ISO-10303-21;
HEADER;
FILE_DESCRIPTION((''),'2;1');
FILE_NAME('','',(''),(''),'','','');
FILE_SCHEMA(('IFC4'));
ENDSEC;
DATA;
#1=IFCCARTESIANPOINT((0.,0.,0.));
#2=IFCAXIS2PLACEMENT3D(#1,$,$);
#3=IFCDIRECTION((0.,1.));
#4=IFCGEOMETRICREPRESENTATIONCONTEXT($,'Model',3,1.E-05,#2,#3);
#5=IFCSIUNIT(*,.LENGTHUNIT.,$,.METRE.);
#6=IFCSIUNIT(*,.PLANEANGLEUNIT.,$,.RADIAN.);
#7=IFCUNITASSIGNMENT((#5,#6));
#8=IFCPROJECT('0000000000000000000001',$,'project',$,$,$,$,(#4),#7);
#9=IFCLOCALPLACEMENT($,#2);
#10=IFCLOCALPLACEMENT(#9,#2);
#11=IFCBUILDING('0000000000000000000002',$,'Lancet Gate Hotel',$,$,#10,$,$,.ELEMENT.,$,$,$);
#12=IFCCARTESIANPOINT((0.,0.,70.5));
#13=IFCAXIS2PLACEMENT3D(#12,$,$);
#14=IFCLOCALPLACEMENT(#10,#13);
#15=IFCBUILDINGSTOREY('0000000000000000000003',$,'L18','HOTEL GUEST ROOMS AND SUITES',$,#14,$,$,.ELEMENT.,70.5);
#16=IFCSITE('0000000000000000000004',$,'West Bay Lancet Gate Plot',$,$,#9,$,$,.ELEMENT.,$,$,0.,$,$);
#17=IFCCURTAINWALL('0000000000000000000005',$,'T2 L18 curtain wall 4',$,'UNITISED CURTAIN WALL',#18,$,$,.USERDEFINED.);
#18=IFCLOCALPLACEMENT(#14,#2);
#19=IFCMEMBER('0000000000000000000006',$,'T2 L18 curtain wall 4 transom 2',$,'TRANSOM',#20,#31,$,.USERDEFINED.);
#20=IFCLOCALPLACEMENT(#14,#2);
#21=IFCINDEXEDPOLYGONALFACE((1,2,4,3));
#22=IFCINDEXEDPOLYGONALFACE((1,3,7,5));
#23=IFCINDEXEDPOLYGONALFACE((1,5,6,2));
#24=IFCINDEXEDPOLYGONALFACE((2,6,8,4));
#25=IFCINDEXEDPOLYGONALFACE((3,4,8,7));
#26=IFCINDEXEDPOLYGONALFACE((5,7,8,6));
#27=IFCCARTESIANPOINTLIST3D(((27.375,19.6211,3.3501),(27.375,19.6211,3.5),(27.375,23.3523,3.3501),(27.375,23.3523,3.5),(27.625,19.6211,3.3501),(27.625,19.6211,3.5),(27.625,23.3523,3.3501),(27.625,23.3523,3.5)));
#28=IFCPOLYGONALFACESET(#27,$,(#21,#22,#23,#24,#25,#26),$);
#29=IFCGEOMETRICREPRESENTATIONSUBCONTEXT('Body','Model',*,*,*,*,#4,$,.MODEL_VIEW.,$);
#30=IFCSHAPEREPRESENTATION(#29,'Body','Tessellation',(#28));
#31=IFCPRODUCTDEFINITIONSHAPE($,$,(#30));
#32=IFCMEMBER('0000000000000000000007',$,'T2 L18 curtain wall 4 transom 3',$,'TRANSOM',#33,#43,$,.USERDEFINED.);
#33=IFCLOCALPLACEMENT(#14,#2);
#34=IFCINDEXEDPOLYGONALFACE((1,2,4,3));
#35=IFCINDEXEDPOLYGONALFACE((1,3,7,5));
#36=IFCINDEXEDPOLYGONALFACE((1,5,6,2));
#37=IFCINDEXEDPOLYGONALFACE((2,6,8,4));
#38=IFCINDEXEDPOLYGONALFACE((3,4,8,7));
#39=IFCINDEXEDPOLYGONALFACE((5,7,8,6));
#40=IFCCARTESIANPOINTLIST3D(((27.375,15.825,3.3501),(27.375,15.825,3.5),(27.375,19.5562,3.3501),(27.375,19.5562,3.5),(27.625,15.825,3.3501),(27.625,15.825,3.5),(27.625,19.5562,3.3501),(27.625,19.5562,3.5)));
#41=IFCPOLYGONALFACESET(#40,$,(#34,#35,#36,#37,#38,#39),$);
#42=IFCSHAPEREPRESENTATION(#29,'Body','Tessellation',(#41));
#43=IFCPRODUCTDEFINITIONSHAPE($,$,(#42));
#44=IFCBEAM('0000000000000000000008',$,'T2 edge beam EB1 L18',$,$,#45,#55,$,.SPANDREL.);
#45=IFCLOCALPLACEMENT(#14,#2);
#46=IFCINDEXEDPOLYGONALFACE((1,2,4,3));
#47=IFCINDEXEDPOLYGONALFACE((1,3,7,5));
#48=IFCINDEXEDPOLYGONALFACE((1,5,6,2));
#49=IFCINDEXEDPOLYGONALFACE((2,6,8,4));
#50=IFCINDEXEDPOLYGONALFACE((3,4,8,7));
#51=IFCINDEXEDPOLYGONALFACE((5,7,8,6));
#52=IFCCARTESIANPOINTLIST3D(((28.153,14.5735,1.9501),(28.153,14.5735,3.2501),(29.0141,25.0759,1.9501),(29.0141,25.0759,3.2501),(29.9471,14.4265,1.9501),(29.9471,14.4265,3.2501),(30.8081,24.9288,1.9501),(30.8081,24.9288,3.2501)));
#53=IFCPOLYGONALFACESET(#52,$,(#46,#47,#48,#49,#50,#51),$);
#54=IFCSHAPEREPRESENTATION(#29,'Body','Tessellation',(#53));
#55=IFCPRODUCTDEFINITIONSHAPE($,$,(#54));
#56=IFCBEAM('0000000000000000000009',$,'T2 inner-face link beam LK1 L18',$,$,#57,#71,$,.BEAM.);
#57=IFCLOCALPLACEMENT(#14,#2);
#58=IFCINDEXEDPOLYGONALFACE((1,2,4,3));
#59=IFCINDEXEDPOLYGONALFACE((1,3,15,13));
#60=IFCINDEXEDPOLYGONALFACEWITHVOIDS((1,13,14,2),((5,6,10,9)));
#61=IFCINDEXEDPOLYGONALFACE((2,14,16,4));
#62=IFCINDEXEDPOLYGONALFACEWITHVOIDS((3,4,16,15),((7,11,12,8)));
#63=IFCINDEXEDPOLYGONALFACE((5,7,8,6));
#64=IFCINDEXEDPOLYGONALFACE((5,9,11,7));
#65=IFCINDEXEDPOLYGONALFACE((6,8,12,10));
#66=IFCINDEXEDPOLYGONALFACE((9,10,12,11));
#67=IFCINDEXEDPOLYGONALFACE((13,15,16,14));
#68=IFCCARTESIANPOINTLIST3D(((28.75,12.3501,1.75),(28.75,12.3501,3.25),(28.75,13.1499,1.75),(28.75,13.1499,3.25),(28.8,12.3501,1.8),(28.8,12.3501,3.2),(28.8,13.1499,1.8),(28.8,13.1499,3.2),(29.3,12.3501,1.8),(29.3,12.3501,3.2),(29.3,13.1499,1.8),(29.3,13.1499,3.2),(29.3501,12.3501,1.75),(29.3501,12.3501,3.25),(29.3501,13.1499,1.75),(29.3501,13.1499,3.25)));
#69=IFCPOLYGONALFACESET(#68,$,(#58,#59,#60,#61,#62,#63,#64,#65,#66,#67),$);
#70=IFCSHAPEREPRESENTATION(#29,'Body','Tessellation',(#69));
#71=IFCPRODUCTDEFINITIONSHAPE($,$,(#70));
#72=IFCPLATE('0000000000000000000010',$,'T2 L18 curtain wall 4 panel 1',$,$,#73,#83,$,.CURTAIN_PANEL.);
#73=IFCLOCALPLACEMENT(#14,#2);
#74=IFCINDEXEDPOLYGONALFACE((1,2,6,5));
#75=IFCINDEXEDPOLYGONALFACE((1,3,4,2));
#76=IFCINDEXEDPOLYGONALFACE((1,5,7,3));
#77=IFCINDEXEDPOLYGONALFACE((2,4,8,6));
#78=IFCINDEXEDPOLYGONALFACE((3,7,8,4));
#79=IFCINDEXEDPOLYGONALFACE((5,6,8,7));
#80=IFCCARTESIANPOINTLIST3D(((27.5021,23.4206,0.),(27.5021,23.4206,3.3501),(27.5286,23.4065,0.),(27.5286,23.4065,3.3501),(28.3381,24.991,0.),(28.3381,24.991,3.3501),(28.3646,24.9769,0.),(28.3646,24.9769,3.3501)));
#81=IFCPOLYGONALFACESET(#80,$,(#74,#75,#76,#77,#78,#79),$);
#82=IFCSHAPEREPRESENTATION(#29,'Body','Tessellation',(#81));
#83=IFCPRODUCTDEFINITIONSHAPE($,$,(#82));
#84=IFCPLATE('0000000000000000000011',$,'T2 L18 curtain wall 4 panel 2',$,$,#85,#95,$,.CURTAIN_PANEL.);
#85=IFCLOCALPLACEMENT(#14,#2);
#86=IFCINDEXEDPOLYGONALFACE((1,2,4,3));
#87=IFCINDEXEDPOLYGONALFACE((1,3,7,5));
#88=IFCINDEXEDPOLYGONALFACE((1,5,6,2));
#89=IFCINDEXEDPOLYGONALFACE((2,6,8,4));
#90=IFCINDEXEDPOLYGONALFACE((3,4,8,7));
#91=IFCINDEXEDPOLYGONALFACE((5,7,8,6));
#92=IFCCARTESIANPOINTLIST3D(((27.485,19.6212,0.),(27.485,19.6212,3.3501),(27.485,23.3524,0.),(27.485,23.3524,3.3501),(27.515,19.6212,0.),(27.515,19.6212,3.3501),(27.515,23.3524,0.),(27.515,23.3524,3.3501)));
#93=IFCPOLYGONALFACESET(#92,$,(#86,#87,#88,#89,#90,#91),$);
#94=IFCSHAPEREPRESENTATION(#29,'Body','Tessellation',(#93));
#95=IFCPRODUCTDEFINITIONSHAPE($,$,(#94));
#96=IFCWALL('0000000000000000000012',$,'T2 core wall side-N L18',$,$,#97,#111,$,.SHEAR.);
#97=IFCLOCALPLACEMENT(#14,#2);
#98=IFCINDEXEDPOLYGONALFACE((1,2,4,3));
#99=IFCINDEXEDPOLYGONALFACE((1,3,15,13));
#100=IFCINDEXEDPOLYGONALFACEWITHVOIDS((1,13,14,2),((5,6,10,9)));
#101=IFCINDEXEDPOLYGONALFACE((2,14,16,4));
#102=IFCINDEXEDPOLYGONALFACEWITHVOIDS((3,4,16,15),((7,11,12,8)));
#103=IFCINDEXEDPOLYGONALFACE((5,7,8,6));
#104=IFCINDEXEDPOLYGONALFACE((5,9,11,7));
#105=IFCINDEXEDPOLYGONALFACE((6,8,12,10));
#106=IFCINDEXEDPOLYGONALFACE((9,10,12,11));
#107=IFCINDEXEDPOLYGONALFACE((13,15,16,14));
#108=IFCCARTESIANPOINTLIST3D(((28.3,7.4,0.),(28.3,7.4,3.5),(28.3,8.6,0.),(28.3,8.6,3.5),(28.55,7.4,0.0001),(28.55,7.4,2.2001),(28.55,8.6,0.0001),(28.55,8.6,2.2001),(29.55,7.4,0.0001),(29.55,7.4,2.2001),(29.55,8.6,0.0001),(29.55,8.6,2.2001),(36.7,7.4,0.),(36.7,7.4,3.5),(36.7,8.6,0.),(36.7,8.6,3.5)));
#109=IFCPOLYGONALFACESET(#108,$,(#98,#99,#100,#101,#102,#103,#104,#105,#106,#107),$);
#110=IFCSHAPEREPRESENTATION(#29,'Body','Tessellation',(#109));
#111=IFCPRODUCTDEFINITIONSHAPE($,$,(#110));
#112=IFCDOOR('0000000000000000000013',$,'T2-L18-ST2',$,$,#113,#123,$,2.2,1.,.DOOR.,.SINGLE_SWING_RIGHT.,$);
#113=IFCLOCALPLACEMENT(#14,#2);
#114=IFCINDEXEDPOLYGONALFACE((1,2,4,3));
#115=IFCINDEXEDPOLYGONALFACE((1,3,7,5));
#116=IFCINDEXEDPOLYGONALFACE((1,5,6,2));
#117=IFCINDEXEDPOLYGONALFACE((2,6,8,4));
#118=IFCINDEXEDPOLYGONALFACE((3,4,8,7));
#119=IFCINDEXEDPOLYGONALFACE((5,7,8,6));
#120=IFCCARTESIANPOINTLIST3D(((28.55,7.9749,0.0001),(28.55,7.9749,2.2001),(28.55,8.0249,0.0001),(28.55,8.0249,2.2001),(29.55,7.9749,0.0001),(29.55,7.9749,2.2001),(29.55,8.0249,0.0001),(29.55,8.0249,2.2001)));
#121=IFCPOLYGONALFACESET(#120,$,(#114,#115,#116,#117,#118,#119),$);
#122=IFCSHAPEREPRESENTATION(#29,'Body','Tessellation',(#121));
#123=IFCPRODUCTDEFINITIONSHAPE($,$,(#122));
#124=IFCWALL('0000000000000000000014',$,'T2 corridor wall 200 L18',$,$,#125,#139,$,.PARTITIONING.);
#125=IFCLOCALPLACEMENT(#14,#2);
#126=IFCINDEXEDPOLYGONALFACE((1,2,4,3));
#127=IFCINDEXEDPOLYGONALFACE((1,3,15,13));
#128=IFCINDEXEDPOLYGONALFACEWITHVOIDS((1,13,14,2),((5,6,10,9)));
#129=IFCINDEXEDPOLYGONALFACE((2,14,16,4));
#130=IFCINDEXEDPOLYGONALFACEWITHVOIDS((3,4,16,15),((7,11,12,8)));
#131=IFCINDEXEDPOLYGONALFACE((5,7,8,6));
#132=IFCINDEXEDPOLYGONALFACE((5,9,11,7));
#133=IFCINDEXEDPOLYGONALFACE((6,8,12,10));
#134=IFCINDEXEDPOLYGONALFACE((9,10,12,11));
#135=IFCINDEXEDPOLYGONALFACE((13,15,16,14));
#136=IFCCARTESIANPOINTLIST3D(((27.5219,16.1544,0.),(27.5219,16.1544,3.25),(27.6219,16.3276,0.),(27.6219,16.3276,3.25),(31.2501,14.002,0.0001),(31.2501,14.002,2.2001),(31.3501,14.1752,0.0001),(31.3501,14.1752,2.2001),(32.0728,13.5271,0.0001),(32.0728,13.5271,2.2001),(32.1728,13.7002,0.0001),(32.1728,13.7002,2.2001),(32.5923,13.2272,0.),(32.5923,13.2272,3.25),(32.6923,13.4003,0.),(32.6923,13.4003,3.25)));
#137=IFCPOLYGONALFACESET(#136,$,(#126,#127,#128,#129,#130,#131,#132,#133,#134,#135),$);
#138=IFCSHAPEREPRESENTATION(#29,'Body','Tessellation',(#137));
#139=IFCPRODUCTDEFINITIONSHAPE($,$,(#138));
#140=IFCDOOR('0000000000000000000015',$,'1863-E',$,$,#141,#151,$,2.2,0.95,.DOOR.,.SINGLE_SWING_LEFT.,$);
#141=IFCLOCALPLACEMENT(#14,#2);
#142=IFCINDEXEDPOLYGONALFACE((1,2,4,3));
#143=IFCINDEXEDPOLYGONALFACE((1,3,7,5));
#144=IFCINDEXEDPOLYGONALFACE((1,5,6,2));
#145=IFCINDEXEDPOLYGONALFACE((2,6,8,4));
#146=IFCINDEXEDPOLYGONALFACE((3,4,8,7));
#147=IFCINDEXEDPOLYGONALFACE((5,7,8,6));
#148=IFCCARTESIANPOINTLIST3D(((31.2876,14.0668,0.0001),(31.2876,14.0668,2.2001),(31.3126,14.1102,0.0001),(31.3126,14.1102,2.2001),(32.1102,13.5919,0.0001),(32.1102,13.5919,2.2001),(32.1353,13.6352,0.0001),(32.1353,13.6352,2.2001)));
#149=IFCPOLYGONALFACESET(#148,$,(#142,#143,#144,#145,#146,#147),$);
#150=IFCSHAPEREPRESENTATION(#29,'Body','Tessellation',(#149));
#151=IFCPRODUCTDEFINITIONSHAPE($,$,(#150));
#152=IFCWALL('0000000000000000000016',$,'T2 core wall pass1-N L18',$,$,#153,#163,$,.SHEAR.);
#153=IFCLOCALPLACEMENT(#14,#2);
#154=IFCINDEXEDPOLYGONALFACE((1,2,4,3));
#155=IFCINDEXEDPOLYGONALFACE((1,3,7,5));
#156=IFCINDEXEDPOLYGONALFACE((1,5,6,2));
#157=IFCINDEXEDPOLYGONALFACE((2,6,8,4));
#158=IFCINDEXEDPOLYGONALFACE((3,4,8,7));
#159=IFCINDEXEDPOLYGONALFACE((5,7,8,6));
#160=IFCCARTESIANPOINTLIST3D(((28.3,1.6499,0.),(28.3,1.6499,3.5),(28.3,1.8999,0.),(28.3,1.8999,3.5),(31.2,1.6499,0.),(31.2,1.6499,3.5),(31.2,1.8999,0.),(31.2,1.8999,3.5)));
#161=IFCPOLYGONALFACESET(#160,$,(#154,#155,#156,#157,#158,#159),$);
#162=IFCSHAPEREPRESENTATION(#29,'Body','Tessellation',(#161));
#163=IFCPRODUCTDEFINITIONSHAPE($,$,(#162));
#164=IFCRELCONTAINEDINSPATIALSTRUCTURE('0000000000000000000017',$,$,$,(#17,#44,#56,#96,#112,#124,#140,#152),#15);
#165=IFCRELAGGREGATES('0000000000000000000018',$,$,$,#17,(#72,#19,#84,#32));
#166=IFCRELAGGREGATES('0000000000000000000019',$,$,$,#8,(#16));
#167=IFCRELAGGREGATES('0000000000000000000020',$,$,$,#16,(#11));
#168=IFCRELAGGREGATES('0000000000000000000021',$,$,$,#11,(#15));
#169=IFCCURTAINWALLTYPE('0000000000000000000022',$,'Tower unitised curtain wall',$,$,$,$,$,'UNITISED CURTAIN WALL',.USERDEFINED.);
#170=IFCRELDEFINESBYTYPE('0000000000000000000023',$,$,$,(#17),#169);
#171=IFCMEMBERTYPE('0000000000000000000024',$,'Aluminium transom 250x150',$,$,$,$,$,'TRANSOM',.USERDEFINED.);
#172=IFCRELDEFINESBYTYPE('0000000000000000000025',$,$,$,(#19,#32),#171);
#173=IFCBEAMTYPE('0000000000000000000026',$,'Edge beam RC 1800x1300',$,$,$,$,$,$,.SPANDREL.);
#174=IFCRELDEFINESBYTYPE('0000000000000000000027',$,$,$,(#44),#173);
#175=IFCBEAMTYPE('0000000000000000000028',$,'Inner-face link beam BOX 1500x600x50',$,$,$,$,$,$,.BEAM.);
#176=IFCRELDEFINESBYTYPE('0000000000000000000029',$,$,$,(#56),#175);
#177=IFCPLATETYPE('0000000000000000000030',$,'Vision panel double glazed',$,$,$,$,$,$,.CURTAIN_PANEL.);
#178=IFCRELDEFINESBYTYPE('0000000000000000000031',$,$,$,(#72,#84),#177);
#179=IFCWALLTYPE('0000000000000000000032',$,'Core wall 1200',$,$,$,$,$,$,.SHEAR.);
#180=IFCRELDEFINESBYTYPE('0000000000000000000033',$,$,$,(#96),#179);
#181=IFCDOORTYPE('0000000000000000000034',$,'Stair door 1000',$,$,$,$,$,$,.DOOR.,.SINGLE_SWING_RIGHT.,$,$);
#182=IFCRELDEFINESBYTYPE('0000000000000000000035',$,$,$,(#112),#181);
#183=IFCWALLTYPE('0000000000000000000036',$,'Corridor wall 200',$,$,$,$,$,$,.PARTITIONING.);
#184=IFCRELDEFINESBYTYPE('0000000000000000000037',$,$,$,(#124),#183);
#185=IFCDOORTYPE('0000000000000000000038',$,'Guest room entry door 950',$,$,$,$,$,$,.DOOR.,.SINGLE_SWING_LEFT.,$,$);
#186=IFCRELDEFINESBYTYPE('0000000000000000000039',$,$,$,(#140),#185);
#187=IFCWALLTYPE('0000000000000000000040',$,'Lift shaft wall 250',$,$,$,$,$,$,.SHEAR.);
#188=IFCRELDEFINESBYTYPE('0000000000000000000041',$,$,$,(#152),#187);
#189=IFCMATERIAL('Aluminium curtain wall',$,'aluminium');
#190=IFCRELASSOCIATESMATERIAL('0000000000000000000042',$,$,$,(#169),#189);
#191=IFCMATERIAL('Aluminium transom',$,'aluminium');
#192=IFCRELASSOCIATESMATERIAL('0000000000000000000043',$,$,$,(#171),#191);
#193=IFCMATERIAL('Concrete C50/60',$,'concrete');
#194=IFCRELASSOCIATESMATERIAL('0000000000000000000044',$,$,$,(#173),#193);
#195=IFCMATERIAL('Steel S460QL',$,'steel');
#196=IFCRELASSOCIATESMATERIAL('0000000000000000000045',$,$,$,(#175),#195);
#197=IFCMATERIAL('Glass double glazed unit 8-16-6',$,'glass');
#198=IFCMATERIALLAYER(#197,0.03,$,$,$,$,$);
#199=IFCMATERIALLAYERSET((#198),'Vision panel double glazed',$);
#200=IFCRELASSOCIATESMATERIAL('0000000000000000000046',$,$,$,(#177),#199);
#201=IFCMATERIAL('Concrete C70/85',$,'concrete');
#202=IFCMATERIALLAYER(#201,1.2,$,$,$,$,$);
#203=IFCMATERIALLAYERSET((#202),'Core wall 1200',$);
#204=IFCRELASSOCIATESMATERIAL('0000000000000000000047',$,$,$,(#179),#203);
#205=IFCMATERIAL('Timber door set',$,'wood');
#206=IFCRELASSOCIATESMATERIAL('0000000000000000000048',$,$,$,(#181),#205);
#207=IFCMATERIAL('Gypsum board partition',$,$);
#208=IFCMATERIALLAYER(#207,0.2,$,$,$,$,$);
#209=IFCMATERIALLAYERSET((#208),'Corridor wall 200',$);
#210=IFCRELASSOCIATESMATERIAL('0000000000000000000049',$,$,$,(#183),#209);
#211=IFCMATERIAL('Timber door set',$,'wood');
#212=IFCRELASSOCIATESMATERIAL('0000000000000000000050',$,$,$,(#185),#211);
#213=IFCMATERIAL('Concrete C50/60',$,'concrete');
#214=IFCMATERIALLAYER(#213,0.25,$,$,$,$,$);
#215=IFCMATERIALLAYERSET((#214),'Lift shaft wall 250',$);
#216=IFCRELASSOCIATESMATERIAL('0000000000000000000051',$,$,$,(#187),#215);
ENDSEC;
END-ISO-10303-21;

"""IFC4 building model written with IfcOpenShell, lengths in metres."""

from ifc_helpers import new_model, si_unit, direction, frame, frame_2d, origin, origin_2d, place, context, subcontext, project, spatial, rectangle, hollow_rectangle, extrude, material, layer, layer_set, material_profile, profile_set, type_object, element, fill, aggregate, save


model = new_model("IFC4")

# Units and contexts
model_context = context("Model", 3, precision=1e-05, world=origin(), true_north=direction((0.0, 1.0)))
body_context = subcontext(model_context, "Body", "Model", "MODEL_VIEW")
ifc_project = project(units=[si_unit("LENGTHUNIT", "METRE"), si_unit("PLANEANGLEUNIT", "RADIAN")], contexts=[model_context])

# Site, building, storey
site_placement = place(None, origin())
site = spatial("IfcSite", under=ifc_project, at=site_placement, Name="West Bay Lancet Gate Plot", CompositionType="ELEMENT", RefElevation=0.0)
building_placement = place(site_placement, origin())
building = spatial("IfcBuilding", under=site, at=building_placement, Name="Lancet Gate Hotel", CompositionType="ELEMENT")
storey_placement = place(building_placement, frame((0.0, 0.0, 70.5)))
storey = spatial("IfcBuildingStorey", under=building, at=storey_placement, Name="L18", Description="HOTEL GUEST ROOMS AND SUITES", CompositionType="ELEMENT", Elevation=70.5)

# Curtain wall, members
ifc_material_1 = material(Name="Aluminium curtain wall", Category="aluminium")
curtain_wall_type = type_object("IfcCurtainWallType", Name="Tower unitised curtain wall", ElementType="UNITISED CURTAIN WALL", PredefinedType="USERDEFINED", material=ifc_material_1)
curtain_wall_placement = place(storey_placement, origin())
curtain_wall = element("IfcCurtainWall", 1, at=curtain_wall_placement, inside=storey, type_object=curtain_wall_type, Name="T2 L18 curtain wall 4", ObjectType="UNITISED CURTAIN WALL", PredefinedType="USERDEFINED")
ifc_material_2 = material(Name="Aluminium transom", Category="aluminium")
ifc_material_profile_1 = material_profile(ifc_material_2, rectangle(XDim=0.25, YDim=0.1499, at=origin_2d()), Name="TRANSOM 250x150")
ifc_profile_set_1 = profile_set([ifc_material_profile_1], Name="Aluminium transom")
member_type_1 = type_object("IfcMemberType", Name="Aluminium transom 250x150", ElementType="TRANSOM", PredefinedType="USERDEFINED", material=ifc_profile_set_1)
member_1_placement = place(storey_placement, frame((27.5, 23.3523, 3.425), z_axis=(0.0, -1.0, 0.0), x_axis=(1.0, 0.0, 0.0)))
member_1 = element("IfcMember", 2, at=member_1_placement, type_object=member_type_1, Name="T2 L18 curtain wall 4 transom 2", ObjectType="TRANSOM", PredefinedType="USERDEFINED", context=body_context, shape_type="SweptSolid", body=[
    extrude(rectangle(XDim=0.25, YDim=0.1499, at=origin_2d()), origin(), (0.0, 0.0, 1.0), 3.7312),
])
member_2_placement = place(storey_placement, frame((27.5, 19.5562, 3.425), z_axis=(0.0, -1.0, 0.0), x_axis=(1.0, 0.0, 0.0)))
member_2 = element("IfcMember", 3, at=member_2_placement, type_object=member_type_1, Name="T2 L18 curtain wall 4 transom 3", ObjectType="TRANSOM", PredefinedType="USERDEFINED", context=body_context, shape_type="SweptSolid", body=[
    extrude(rectangle(XDim=0.25, YDim=0.1499, at=origin_2d()), origin(), (0.0, 0.0, 1.0), 3.7312),
])

# Beams
ifc_material_3 = material(Name="Concrete C50/60", Category="concrete")
ifc_material_profile_2 = material_profile(ifc_material_3, rectangle(XDim=1.8, YDim=1.3, at=origin_2d()), Name="RC 1800x1300")
ifc_profile_set_2 = profile_set([ifc_material_profile_2], Name="Concrete C50/60")
beam_type_1 = type_object("IfcBeamType", Name="Edge beam RC 1800x1300", PredefinedType="SPANDREL", material=ifc_profile_set_2)
beam_1_placement = place(storey_placement, frame((29.05, 14.5, 2.6001), z_axis=(0.081715, 0.996656, 0.0), x_axis=(-0.996656, 0.081715, 0.0)))
element("IfcBeam", 4, at=beam_1_placement, inside=storey, type_object=beam_type_1, Name="T2 edge beam EB1 L18", PredefinedType="SPANDREL", context=body_context, shape_type="SweptSolid", body=[
    extrude(rectangle(XDim=1.8, YDim=1.3, at=origin_2d()), origin(), (0.0, 0.0, 1.0), 10.5376),
])
ifc_material_4 = material(Name="Steel S460QL", Category="steel")
ifc_material_profile_3 = material_profile(ifc_material_4, hollow_rectangle(XDim=0.6001, YDim=1.5, WallThickness=0.05, at=origin_2d()), Name="BOX 1500x600x50")
ifc_profile_set_3 = profile_set([ifc_material_profile_3], Name="Steel S460QL")
beam_type_2 = type_object("IfcBeamType", Name="Inner-face link beam BOX 1500x600x50", PredefinedType="BEAM", material=ifc_profile_set_3)
beam_2_placement = place(storey_placement, frame((29.05, 12.3501, 2.5), z_axis=(0.0, 1.0, 0.0), x_axis=(-1.0, 0.0, 0.0)))
element("IfcBeam", 5, at=beam_2_placement, inside=storey, type_object=beam_type_2, Name="T2 inner-face link beam LK1 L18", PredefinedType="BEAM", context=body_context, shape_type="SweptSolid", body=[
    extrude(hollow_rectangle(XDim=0.6001, YDim=1.5, WallThickness=0.05, at=origin_2d()), origin(), (0.0, 0.0, 1.0), 0.7998),
])

# Plates
ifc_material_5 = material(Name="Glass double glazed unit 8-16-6", Category="glass")
ifc_layer_1 = layer(ifc_material_5, 0.03)
ifc_layer_set_1 = layer_set([ifc_layer_1], Name="Vision panel double glazed")
plate_type = type_object("IfcPlateType", Name="Vision panel double glazed", PredefinedType="CURTAIN_PANEL", material=ifc_layer_set_1)
plate_1_placement = place(storey_placement, frame((27.9333, 24.1987, 0.0), z_axis=(0.0, 0.0, 1.0), x_axis=(-0.469898, -0.882721, 0.0)))
plate_1 = element("IfcPlate", 6, at=plate_1_placement, type_object=plate_type, Name="T2 L18 curtain wall 4 panel 1", PredefinedType="CURTAIN_PANEL", context=body_context, shape_type="SweptSolid", body=[
    extrude(rectangle(XDim=1.7791, YDim=0.03, at=origin_2d()), origin(), (0.0, 0.0, 1.0), 3.3501),
])
plate_2_placement = place(storey_placement, frame((27.5, 21.4868, 0.0), z_axis=(0.0, 0.0, 1.0), x_axis=(0.0, -1.0, 0.0)))
plate_2 = element("IfcPlate", 7, at=plate_2_placement, type_object=plate_type, Name="T2 L18 curtain wall 4 panel 2", PredefinedType="CURTAIN_PANEL", context=body_context, shape_type="SweptSolid", body=[
    extrude(rectangle(XDim=3.7312, YDim=0.03, at=origin_2d()), origin(), (0.0, 0.0, 1.0), 3.3501),
])
aggregate(curtain_wall, [plate_1, member_1, plate_2, member_2])

# Walls, openings, doors
ifc_material_6 = material(Name="Concrete C70/85", Category="concrete")
ifc_layer_2 = layer(ifc_material_6, 1.2)
ifc_layer_set_2 = layer_set([ifc_layer_2], Name="Core wall 1200")
wall_type_1 = type_object("IfcWallType", Name="Core wall 1200", PredefinedType="SHEAR", material=ifc_layer_set_2)
wall_1_placement = place(storey_placement, frame((28.3, 8.0, 0.0), z_axis=(0.0, 0.0, 1.0), x_axis=(1.0, 0.0, 0.0)))
wall_1 = element("IfcWall", 8, at=wall_1_placement, inside=storey, type_object=wall_type_1, Name="T2 core wall side-N L18", PredefinedType="SHEAR", context=body_context, shape_type="SweptSolid", body=[
    extrude(rectangle(XDim=8.3999, YDim=1.2, at=frame_2d((4.2, 0.0))), origin(), (0.0, 0.0, 1.0), 3.5),
])
opening_1_placement = place(wall_1_placement, frame((0.25, 0.0, 0.0)))
opening_1 = element("IfcOpeningElement", 9, at=opening_1_placement, cuts=wall_1, PredefinedType="OPENING", context=body_context, shape_type="SweptSolid", body=[
    extrude(rectangle(XDim=1.0, YDim=2.2, at=frame_2d((0.5, 1.1001))), frame((0.0, 0.6099, 0.0), z_axis=(0.0, -1.0, 0.0), x_axis=(1.0, 0.0, 0.0)), (0.0, 0.0, 1.0), 1.22),
])
ifc_material_7 = material(Name="Timber door set", Category="wood")
door_type_1 = type_object("IfcDoorType", Name="Stair door 1000", OperationType="SINGLE_SWING_RIGHT", PredefinedType="DOOR", material=ifc_material_7)
door_1_placement = place(opening_1_placement, origin())
door_1 = element("IfcDoor", 10, at=door_1_placement, inside=storey, type_object=door_type_1, Name="T2-L18-ST2", OperationType="SINGLE_SWING_RIGHT", OverallHeight=2.2, OverallWidth=1.0, PredefinedType="DOOR", context=body_context, shape_type="SweptSolid", body=[
    extrude(rectangle(XDim=1.0, YDim=2.2, at=frame_2d((0.5, 1.1001))), frame((0.0, 0.0249, 0.0), z_axis=(0.0, -1.0, 0.0), x_axis=(1.0, 0.0, 0.0)), (0.0, 0.0, 1.0), 0.05),
])
fill(opening_1, door_1)
ifc_material_8 = material(Name="Gypsum board partition")
ifc_layer_3 = layer(ifc_material_8, 0.2)
ifc_layer_set_3 = layer_set([ifc_layer_3], Name="Corridor wall 200")
wall_type_2 = type_object("IfcWallType", Name="Corridor wall 200", PredefinedType="PARTITIONING", material=ifc_layer_set_3)
wall_2_placement = place(storey_placement, frame((27.572, 16.241, 0.0), z_axis=(0.0, 0.0, 1.0), x_axis=(0.866033, -0.499987, 0.0)))
wall_2 = element("IfcWall", 11, at=wall_2_placement, inside=storey, type_object=wall_type_2, Name="T2 corridor wall 200 L18", PredefinedType="PARTITIONING", context=body_context, shape_type="SweptSolid", body=[
    extrude(rectangle(XDim=5.8547, YDim=0.2, at=frame_2d((2.9272, 0.0))), origin(), (0.0, 0.0, 1.0), 3.25),
])
opening_2_placement = place(wall_2_placement, frame((4.3047, 0.0, 0.0)))
opening_2 = element("IfcOpeningElement", 12, at=opening_2_placement, cuts=wall_2, PredefinedType="OPENING", context=body_context, shape_type="SweptSolid", body=[
    extrude(rectangle(XDim=0.95, YDim=2.2, at=frame_2d((0.4751, 1.1001))), frame((0.0, 0.1099, 0.0), z_axis=(0.0, -1.0, 0.0), x_axis=(1.0, 0.0, 0.0)), (0.0, 0.0, 1.0), 0.22),
])
ifc_material_9 = material(Name="Timber door set", Category="wood")
door_type_2 = type_object("IfcDoorType", Name="Guest room entry door 950", OperationType="SINGLE_SWING_LEFT", PredefinedType="DOOR", material=ifc_material_9)
door_2_placement = place(opening_2_placement, origin())
door_2 = element("IfcDoor", 13, at=door_2_placement, inside=storey, type_object=door_type_2, Name="1863-E", OperationType="SINGLE_SWING_LEFT", OverallHeight=2.2, OverallWidth=0.95, PredefinedType="DOOR", context=body_context, shape_type="SweptSolid", body=[
    extrude(rectangle(XDim=0.95, YDim=2.2, at=frame_2d((0.4751, 1.1001))), frame((0.0, 0.0249, 0.0), z_axis=(0.0, -1.0, 0.0), x_axis=(1.0, 0.0, 0.0)), (0.0, 0.0, 1.0), 0.05),
])
fill(opening_2, door_2)

# Wall
ifc_material_10 = material(Name="Concrete C50/60", Category="concrete")
ifc_layer_4 = layer(ifc_material_10, 0.25)
ifc_layer_set_4 = layer_set([ifc_layer_4], Name="Lift shaft wall 250")
wall_type_3 = type_object("IfcWallType", Name="Lift shaft wall 250", PredefinedType="SHEAR", material=ifc_layer_set_4)
wall_3_placement = place(storey_placement, frame((28.3, 1.7749, 0.0), z_axis=(0.0, 0.0, 1.0), x_axis=(1.0, 0.0, 0.0)))
element("IfcWall", 14, at=wall_3_placement, inside=storey, type_object=wall_type_3, Name="T2 core wall pass1-N L18", PredefinedType="SHEAR", context=body_context, shape_type="SweptSolid", body=[
    extrude(rectangle(XDim=2.8999, YDim=0.25, at=frame_2d((1.45, 0.0))), origin(), (0.0, 0.0, 1.0), 3.5),
])

save(model, "model.ifc")
